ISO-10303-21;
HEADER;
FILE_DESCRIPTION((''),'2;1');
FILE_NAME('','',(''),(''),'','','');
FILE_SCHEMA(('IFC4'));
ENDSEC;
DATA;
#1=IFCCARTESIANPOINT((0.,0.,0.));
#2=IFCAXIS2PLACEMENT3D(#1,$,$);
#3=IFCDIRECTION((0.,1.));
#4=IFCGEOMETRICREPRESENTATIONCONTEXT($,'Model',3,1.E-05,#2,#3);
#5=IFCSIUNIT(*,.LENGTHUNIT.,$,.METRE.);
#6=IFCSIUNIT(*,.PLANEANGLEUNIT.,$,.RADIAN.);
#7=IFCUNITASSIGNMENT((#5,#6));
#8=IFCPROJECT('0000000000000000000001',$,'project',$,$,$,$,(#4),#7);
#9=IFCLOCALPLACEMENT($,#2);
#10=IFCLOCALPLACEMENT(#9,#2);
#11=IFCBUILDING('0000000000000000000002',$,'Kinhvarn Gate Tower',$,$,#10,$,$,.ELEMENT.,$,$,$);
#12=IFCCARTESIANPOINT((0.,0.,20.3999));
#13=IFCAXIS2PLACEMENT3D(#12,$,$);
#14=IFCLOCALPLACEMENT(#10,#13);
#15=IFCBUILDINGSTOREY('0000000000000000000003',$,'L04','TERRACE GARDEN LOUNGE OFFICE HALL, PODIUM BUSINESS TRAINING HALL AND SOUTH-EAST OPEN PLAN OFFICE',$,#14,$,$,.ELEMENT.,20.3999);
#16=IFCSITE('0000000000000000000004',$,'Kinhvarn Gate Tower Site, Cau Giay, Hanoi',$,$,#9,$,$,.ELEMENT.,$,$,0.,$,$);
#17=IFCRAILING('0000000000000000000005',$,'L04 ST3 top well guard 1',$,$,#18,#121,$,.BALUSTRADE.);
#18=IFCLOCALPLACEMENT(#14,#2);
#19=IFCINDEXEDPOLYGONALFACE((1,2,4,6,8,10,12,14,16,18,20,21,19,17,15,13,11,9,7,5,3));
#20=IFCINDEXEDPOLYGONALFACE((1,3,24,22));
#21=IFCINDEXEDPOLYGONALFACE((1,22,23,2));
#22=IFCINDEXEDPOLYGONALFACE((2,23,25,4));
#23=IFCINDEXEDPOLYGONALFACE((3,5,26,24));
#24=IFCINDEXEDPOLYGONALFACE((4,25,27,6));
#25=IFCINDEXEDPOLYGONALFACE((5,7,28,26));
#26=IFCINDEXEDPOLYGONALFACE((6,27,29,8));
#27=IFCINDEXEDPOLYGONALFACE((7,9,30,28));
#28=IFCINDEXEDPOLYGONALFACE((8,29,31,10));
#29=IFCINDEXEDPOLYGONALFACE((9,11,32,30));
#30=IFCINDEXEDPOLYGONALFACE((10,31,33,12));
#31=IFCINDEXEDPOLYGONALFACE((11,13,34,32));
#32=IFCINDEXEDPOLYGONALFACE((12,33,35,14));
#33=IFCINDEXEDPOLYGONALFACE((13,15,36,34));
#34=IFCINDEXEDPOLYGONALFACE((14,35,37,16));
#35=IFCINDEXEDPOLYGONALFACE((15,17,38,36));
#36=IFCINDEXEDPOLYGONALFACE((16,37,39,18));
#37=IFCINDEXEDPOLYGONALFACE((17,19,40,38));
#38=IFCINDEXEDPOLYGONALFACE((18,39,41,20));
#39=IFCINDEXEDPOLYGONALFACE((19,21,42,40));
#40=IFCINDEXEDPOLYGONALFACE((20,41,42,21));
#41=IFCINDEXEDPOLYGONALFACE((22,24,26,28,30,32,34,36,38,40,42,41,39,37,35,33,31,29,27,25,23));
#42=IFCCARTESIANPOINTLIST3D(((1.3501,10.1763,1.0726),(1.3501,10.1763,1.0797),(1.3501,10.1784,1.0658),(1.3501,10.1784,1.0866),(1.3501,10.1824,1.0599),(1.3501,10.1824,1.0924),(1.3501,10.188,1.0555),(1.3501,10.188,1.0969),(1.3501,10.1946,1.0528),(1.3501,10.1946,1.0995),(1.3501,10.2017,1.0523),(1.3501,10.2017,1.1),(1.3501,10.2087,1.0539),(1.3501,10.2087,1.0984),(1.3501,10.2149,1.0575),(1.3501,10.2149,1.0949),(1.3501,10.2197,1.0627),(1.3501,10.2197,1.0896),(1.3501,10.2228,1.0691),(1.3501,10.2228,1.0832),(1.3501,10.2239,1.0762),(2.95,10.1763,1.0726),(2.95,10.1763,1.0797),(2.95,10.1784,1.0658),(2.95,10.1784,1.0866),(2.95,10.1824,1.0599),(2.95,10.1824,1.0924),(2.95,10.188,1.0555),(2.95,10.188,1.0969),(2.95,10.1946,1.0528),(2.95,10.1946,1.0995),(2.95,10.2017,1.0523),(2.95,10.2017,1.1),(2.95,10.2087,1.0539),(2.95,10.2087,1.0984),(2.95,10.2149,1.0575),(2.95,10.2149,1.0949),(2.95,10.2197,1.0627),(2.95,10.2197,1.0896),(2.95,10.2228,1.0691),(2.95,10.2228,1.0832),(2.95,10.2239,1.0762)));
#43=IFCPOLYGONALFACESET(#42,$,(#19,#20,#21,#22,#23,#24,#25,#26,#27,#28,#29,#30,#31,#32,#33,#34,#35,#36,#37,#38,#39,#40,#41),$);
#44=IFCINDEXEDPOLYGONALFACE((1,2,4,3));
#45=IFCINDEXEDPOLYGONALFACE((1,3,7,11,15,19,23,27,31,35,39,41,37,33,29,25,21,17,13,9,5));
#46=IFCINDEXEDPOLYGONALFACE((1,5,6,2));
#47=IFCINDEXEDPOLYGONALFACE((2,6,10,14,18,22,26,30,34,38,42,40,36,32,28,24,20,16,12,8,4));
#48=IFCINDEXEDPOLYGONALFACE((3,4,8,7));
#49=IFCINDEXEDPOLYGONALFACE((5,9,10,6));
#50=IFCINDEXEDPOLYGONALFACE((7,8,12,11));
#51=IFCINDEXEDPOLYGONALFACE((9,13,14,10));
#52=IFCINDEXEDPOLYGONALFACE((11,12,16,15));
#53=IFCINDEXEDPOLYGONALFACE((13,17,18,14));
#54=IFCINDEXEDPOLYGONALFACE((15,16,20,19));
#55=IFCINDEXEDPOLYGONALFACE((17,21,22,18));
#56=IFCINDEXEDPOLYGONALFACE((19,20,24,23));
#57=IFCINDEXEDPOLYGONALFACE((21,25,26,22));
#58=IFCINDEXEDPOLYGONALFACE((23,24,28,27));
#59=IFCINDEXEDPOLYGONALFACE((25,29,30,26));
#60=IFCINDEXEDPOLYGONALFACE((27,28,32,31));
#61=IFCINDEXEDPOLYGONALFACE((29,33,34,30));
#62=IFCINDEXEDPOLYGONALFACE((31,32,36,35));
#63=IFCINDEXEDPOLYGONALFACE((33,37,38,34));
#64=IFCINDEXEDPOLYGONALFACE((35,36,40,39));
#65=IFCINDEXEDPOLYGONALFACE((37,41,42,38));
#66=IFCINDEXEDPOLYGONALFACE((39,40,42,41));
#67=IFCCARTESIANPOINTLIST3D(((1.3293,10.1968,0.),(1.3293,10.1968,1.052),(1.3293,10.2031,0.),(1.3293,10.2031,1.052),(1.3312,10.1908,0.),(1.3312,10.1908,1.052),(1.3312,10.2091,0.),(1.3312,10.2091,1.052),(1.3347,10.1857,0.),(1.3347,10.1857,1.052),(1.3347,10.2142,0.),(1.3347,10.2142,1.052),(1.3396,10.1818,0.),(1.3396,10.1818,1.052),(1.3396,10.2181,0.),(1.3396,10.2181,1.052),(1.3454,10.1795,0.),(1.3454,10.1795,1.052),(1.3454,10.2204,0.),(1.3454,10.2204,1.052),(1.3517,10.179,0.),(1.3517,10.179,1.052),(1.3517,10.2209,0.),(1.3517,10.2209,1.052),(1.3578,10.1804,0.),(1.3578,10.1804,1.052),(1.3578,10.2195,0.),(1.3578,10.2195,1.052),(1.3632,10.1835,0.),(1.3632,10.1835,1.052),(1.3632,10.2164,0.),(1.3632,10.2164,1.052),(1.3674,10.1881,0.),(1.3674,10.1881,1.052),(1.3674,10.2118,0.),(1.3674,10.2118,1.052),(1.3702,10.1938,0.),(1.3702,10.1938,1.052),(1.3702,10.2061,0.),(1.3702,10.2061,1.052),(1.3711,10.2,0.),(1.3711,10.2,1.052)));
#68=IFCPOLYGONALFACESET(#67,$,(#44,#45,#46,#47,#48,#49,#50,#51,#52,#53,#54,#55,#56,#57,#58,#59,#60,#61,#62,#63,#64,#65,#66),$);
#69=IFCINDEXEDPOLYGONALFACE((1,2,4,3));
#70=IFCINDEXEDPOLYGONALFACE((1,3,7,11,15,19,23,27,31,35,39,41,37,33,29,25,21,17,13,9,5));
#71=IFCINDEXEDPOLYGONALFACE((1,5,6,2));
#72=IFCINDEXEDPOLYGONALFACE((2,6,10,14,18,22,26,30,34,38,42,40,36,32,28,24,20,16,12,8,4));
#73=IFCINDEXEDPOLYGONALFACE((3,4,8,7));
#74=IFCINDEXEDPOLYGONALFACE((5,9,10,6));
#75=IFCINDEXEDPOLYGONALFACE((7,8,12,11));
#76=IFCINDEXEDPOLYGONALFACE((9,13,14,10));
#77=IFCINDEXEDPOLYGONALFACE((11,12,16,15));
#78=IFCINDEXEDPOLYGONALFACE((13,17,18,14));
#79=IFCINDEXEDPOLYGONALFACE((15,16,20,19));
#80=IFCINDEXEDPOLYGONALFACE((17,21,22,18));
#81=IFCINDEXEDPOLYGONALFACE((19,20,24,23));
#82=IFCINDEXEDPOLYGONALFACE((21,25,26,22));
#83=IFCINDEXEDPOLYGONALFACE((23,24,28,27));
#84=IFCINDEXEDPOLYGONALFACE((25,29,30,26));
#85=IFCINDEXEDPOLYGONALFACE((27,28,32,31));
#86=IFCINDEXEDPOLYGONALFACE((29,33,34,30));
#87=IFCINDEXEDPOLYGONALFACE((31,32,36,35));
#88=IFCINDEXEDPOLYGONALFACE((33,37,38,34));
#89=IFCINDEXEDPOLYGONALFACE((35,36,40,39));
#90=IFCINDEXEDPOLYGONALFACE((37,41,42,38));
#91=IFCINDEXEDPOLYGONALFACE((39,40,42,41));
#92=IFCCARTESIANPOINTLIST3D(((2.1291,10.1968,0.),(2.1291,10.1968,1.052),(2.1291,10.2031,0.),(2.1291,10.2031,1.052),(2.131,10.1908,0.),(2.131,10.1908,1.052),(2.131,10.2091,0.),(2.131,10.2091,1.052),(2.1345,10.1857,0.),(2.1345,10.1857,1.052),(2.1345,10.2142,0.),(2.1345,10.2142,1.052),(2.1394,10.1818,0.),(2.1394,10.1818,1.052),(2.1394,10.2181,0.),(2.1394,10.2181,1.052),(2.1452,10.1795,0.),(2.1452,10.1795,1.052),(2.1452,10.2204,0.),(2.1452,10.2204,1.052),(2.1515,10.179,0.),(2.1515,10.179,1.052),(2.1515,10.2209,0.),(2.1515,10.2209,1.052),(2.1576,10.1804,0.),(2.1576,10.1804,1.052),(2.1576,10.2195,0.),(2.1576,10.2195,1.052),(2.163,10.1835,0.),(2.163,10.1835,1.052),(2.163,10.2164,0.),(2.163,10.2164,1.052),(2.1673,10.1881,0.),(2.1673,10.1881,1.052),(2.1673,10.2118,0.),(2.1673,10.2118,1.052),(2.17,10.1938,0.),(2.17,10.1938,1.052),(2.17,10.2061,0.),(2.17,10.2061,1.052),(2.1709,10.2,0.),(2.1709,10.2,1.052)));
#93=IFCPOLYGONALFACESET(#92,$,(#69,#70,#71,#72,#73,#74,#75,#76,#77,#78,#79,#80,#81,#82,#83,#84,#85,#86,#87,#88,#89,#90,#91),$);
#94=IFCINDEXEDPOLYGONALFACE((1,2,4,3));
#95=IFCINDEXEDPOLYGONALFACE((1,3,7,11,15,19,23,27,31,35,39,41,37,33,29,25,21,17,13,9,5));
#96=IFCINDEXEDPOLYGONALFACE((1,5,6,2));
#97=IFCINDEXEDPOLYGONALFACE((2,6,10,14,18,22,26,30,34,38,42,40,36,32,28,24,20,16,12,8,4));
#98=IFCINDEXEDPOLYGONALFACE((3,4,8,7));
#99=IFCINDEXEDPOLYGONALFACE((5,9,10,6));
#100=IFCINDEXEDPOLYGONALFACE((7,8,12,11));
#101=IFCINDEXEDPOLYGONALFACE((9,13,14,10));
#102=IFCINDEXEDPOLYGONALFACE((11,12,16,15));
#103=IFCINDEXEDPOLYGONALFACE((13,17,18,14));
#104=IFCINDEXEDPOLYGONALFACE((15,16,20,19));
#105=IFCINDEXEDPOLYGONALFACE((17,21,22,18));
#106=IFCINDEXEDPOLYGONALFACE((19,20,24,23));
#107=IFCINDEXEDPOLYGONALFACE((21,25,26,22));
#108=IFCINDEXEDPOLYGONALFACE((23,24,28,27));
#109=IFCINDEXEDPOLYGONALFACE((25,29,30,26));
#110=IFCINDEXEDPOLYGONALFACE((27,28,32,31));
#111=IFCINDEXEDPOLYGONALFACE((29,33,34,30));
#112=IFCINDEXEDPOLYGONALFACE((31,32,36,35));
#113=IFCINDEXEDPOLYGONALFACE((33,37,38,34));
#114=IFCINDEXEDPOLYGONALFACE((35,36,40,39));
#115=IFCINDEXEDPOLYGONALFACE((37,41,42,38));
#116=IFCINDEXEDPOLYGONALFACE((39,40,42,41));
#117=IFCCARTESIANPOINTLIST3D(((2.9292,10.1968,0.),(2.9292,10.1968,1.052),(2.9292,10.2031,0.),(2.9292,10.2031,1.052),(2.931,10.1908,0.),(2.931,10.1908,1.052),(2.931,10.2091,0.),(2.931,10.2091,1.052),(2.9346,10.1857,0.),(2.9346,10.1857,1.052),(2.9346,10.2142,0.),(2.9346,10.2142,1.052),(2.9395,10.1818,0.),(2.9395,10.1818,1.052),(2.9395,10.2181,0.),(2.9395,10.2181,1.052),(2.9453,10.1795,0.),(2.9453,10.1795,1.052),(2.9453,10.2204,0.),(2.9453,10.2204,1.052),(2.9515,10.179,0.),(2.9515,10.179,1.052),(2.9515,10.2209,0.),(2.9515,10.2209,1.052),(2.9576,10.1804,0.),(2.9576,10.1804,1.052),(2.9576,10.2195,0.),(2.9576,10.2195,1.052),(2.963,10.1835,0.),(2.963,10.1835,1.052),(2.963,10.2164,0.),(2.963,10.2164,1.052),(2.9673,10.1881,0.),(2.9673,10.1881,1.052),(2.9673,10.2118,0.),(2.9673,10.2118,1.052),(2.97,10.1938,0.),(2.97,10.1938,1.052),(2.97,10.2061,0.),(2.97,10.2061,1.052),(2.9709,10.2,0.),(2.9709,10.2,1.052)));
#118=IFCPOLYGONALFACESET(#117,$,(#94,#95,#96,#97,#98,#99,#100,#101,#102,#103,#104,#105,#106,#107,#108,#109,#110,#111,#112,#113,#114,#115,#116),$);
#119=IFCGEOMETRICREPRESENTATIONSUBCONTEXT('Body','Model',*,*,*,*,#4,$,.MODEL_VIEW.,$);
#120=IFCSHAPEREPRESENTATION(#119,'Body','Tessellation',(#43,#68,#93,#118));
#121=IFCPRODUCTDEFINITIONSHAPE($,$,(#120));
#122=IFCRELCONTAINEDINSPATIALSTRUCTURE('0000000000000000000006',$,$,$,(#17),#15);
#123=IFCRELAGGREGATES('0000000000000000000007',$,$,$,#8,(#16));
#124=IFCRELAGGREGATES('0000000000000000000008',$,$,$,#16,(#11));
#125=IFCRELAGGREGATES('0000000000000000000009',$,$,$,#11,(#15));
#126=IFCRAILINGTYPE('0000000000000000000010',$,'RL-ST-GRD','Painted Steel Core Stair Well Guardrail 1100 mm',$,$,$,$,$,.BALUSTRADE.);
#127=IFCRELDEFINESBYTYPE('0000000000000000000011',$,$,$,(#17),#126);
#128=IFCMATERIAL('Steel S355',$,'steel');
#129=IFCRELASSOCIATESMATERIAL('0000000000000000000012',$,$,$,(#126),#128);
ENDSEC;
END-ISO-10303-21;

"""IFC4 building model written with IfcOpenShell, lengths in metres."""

from ifc_helpers import new_model, si_unit, direction, frame, origin, origin_2d, place, context, subcontext, project, spatial, circle, extrude, material, type_object, element, save


model = new_model("IFC4")

# Units and contexts
model_context = context("Model", 3, precision=1e-05, world=origin(), true_north=direction((0.0, 1.0)))
body_context = subcontext(model_context, "Body", "Model", "MODEL_VIEW")
ifc_project = project(units=[si_unit("LENGTHUNIT", "METRE"), si_unit("PLANEANGLEUNIT", "RADIAN")], contexts=[model_context])

# Site, building, storey
site_placement = place(None, origin())
site = spatial("IfcSite", under=ifc_project, at=site_placement, Name="Kinhvarn Gate Tower Site, Cau Giay, Hanoi", CompositionType="ELEMENT", RefElevation=0.0)
building_placement = place(site_placement, origin())
building = spatial("IfcBuilding", under=site, at=building_placement, Name="Kinhvarn Gate Tower", CompositionType="ELEMENT")
storey_placement = place(building_placement, frame((0.0, 0.0, 20.3999)))
storey = spatial("IfcBuildingStorey", under=building, at=storey_placement, Name="L04", Description="TERRACE GARDEN LOUNGE OFFICE HALL, PODIUM BUSINESS TRAINING HALL AND SOUTH-EAST OPEN PLAN OFFICE", CompositionType="ELEMENT", Elevation=20.3999)

# Shared definitions
ifc_material_1 = material(Name="Steel S355", Category="steel")

# Railing
railing_type_1 = type_object("IfcRailingType", Name="RL-ST-GRD", Description="Painted Steel Core Stair Well Guardrail 1100 mm", PredefinedType="BALUSTRADE", material=ifc_material_1)
railing_1_placement = place(storey_placement, frame((1.3501, 10.2, 0.0)))
element("IfcRailing", 1, at=railing_1_placement, inside=storey, type_object=railing_type_1, Name="L04 ST3 top well guard 1", PredefinedType="BALUSTRADE", context=body_context, shape_type="SweptSolid", body=[
    extrude(circle(Radius=0.0239, at=origin_2d()), frame((0.0, 0.0, 1.0762), z_axis=(1.0, 0.0, 0.0), x_axis=(0.0, 1.0, 0.0)), (0.0, 0.0, 1.0), 1.5999),
    extrude(circle(Radius=0.021, at=origin_2d()), origin(), (0.0, 0.0, 1.0), 1.052),
    extrude(circle(Radius=0.021, at=origin_2d()), frame((0.7998, 0.0, 0.0)), (0.0, 0.0, 1.0), 1.052),
    extrude(circle(Radius=0.021, at=origin_2d()), frame((1.5999, 0.0, 0.0)), (0.0, 0.0, 1.0), 1.052),
])

save(model, "model.ifc")
